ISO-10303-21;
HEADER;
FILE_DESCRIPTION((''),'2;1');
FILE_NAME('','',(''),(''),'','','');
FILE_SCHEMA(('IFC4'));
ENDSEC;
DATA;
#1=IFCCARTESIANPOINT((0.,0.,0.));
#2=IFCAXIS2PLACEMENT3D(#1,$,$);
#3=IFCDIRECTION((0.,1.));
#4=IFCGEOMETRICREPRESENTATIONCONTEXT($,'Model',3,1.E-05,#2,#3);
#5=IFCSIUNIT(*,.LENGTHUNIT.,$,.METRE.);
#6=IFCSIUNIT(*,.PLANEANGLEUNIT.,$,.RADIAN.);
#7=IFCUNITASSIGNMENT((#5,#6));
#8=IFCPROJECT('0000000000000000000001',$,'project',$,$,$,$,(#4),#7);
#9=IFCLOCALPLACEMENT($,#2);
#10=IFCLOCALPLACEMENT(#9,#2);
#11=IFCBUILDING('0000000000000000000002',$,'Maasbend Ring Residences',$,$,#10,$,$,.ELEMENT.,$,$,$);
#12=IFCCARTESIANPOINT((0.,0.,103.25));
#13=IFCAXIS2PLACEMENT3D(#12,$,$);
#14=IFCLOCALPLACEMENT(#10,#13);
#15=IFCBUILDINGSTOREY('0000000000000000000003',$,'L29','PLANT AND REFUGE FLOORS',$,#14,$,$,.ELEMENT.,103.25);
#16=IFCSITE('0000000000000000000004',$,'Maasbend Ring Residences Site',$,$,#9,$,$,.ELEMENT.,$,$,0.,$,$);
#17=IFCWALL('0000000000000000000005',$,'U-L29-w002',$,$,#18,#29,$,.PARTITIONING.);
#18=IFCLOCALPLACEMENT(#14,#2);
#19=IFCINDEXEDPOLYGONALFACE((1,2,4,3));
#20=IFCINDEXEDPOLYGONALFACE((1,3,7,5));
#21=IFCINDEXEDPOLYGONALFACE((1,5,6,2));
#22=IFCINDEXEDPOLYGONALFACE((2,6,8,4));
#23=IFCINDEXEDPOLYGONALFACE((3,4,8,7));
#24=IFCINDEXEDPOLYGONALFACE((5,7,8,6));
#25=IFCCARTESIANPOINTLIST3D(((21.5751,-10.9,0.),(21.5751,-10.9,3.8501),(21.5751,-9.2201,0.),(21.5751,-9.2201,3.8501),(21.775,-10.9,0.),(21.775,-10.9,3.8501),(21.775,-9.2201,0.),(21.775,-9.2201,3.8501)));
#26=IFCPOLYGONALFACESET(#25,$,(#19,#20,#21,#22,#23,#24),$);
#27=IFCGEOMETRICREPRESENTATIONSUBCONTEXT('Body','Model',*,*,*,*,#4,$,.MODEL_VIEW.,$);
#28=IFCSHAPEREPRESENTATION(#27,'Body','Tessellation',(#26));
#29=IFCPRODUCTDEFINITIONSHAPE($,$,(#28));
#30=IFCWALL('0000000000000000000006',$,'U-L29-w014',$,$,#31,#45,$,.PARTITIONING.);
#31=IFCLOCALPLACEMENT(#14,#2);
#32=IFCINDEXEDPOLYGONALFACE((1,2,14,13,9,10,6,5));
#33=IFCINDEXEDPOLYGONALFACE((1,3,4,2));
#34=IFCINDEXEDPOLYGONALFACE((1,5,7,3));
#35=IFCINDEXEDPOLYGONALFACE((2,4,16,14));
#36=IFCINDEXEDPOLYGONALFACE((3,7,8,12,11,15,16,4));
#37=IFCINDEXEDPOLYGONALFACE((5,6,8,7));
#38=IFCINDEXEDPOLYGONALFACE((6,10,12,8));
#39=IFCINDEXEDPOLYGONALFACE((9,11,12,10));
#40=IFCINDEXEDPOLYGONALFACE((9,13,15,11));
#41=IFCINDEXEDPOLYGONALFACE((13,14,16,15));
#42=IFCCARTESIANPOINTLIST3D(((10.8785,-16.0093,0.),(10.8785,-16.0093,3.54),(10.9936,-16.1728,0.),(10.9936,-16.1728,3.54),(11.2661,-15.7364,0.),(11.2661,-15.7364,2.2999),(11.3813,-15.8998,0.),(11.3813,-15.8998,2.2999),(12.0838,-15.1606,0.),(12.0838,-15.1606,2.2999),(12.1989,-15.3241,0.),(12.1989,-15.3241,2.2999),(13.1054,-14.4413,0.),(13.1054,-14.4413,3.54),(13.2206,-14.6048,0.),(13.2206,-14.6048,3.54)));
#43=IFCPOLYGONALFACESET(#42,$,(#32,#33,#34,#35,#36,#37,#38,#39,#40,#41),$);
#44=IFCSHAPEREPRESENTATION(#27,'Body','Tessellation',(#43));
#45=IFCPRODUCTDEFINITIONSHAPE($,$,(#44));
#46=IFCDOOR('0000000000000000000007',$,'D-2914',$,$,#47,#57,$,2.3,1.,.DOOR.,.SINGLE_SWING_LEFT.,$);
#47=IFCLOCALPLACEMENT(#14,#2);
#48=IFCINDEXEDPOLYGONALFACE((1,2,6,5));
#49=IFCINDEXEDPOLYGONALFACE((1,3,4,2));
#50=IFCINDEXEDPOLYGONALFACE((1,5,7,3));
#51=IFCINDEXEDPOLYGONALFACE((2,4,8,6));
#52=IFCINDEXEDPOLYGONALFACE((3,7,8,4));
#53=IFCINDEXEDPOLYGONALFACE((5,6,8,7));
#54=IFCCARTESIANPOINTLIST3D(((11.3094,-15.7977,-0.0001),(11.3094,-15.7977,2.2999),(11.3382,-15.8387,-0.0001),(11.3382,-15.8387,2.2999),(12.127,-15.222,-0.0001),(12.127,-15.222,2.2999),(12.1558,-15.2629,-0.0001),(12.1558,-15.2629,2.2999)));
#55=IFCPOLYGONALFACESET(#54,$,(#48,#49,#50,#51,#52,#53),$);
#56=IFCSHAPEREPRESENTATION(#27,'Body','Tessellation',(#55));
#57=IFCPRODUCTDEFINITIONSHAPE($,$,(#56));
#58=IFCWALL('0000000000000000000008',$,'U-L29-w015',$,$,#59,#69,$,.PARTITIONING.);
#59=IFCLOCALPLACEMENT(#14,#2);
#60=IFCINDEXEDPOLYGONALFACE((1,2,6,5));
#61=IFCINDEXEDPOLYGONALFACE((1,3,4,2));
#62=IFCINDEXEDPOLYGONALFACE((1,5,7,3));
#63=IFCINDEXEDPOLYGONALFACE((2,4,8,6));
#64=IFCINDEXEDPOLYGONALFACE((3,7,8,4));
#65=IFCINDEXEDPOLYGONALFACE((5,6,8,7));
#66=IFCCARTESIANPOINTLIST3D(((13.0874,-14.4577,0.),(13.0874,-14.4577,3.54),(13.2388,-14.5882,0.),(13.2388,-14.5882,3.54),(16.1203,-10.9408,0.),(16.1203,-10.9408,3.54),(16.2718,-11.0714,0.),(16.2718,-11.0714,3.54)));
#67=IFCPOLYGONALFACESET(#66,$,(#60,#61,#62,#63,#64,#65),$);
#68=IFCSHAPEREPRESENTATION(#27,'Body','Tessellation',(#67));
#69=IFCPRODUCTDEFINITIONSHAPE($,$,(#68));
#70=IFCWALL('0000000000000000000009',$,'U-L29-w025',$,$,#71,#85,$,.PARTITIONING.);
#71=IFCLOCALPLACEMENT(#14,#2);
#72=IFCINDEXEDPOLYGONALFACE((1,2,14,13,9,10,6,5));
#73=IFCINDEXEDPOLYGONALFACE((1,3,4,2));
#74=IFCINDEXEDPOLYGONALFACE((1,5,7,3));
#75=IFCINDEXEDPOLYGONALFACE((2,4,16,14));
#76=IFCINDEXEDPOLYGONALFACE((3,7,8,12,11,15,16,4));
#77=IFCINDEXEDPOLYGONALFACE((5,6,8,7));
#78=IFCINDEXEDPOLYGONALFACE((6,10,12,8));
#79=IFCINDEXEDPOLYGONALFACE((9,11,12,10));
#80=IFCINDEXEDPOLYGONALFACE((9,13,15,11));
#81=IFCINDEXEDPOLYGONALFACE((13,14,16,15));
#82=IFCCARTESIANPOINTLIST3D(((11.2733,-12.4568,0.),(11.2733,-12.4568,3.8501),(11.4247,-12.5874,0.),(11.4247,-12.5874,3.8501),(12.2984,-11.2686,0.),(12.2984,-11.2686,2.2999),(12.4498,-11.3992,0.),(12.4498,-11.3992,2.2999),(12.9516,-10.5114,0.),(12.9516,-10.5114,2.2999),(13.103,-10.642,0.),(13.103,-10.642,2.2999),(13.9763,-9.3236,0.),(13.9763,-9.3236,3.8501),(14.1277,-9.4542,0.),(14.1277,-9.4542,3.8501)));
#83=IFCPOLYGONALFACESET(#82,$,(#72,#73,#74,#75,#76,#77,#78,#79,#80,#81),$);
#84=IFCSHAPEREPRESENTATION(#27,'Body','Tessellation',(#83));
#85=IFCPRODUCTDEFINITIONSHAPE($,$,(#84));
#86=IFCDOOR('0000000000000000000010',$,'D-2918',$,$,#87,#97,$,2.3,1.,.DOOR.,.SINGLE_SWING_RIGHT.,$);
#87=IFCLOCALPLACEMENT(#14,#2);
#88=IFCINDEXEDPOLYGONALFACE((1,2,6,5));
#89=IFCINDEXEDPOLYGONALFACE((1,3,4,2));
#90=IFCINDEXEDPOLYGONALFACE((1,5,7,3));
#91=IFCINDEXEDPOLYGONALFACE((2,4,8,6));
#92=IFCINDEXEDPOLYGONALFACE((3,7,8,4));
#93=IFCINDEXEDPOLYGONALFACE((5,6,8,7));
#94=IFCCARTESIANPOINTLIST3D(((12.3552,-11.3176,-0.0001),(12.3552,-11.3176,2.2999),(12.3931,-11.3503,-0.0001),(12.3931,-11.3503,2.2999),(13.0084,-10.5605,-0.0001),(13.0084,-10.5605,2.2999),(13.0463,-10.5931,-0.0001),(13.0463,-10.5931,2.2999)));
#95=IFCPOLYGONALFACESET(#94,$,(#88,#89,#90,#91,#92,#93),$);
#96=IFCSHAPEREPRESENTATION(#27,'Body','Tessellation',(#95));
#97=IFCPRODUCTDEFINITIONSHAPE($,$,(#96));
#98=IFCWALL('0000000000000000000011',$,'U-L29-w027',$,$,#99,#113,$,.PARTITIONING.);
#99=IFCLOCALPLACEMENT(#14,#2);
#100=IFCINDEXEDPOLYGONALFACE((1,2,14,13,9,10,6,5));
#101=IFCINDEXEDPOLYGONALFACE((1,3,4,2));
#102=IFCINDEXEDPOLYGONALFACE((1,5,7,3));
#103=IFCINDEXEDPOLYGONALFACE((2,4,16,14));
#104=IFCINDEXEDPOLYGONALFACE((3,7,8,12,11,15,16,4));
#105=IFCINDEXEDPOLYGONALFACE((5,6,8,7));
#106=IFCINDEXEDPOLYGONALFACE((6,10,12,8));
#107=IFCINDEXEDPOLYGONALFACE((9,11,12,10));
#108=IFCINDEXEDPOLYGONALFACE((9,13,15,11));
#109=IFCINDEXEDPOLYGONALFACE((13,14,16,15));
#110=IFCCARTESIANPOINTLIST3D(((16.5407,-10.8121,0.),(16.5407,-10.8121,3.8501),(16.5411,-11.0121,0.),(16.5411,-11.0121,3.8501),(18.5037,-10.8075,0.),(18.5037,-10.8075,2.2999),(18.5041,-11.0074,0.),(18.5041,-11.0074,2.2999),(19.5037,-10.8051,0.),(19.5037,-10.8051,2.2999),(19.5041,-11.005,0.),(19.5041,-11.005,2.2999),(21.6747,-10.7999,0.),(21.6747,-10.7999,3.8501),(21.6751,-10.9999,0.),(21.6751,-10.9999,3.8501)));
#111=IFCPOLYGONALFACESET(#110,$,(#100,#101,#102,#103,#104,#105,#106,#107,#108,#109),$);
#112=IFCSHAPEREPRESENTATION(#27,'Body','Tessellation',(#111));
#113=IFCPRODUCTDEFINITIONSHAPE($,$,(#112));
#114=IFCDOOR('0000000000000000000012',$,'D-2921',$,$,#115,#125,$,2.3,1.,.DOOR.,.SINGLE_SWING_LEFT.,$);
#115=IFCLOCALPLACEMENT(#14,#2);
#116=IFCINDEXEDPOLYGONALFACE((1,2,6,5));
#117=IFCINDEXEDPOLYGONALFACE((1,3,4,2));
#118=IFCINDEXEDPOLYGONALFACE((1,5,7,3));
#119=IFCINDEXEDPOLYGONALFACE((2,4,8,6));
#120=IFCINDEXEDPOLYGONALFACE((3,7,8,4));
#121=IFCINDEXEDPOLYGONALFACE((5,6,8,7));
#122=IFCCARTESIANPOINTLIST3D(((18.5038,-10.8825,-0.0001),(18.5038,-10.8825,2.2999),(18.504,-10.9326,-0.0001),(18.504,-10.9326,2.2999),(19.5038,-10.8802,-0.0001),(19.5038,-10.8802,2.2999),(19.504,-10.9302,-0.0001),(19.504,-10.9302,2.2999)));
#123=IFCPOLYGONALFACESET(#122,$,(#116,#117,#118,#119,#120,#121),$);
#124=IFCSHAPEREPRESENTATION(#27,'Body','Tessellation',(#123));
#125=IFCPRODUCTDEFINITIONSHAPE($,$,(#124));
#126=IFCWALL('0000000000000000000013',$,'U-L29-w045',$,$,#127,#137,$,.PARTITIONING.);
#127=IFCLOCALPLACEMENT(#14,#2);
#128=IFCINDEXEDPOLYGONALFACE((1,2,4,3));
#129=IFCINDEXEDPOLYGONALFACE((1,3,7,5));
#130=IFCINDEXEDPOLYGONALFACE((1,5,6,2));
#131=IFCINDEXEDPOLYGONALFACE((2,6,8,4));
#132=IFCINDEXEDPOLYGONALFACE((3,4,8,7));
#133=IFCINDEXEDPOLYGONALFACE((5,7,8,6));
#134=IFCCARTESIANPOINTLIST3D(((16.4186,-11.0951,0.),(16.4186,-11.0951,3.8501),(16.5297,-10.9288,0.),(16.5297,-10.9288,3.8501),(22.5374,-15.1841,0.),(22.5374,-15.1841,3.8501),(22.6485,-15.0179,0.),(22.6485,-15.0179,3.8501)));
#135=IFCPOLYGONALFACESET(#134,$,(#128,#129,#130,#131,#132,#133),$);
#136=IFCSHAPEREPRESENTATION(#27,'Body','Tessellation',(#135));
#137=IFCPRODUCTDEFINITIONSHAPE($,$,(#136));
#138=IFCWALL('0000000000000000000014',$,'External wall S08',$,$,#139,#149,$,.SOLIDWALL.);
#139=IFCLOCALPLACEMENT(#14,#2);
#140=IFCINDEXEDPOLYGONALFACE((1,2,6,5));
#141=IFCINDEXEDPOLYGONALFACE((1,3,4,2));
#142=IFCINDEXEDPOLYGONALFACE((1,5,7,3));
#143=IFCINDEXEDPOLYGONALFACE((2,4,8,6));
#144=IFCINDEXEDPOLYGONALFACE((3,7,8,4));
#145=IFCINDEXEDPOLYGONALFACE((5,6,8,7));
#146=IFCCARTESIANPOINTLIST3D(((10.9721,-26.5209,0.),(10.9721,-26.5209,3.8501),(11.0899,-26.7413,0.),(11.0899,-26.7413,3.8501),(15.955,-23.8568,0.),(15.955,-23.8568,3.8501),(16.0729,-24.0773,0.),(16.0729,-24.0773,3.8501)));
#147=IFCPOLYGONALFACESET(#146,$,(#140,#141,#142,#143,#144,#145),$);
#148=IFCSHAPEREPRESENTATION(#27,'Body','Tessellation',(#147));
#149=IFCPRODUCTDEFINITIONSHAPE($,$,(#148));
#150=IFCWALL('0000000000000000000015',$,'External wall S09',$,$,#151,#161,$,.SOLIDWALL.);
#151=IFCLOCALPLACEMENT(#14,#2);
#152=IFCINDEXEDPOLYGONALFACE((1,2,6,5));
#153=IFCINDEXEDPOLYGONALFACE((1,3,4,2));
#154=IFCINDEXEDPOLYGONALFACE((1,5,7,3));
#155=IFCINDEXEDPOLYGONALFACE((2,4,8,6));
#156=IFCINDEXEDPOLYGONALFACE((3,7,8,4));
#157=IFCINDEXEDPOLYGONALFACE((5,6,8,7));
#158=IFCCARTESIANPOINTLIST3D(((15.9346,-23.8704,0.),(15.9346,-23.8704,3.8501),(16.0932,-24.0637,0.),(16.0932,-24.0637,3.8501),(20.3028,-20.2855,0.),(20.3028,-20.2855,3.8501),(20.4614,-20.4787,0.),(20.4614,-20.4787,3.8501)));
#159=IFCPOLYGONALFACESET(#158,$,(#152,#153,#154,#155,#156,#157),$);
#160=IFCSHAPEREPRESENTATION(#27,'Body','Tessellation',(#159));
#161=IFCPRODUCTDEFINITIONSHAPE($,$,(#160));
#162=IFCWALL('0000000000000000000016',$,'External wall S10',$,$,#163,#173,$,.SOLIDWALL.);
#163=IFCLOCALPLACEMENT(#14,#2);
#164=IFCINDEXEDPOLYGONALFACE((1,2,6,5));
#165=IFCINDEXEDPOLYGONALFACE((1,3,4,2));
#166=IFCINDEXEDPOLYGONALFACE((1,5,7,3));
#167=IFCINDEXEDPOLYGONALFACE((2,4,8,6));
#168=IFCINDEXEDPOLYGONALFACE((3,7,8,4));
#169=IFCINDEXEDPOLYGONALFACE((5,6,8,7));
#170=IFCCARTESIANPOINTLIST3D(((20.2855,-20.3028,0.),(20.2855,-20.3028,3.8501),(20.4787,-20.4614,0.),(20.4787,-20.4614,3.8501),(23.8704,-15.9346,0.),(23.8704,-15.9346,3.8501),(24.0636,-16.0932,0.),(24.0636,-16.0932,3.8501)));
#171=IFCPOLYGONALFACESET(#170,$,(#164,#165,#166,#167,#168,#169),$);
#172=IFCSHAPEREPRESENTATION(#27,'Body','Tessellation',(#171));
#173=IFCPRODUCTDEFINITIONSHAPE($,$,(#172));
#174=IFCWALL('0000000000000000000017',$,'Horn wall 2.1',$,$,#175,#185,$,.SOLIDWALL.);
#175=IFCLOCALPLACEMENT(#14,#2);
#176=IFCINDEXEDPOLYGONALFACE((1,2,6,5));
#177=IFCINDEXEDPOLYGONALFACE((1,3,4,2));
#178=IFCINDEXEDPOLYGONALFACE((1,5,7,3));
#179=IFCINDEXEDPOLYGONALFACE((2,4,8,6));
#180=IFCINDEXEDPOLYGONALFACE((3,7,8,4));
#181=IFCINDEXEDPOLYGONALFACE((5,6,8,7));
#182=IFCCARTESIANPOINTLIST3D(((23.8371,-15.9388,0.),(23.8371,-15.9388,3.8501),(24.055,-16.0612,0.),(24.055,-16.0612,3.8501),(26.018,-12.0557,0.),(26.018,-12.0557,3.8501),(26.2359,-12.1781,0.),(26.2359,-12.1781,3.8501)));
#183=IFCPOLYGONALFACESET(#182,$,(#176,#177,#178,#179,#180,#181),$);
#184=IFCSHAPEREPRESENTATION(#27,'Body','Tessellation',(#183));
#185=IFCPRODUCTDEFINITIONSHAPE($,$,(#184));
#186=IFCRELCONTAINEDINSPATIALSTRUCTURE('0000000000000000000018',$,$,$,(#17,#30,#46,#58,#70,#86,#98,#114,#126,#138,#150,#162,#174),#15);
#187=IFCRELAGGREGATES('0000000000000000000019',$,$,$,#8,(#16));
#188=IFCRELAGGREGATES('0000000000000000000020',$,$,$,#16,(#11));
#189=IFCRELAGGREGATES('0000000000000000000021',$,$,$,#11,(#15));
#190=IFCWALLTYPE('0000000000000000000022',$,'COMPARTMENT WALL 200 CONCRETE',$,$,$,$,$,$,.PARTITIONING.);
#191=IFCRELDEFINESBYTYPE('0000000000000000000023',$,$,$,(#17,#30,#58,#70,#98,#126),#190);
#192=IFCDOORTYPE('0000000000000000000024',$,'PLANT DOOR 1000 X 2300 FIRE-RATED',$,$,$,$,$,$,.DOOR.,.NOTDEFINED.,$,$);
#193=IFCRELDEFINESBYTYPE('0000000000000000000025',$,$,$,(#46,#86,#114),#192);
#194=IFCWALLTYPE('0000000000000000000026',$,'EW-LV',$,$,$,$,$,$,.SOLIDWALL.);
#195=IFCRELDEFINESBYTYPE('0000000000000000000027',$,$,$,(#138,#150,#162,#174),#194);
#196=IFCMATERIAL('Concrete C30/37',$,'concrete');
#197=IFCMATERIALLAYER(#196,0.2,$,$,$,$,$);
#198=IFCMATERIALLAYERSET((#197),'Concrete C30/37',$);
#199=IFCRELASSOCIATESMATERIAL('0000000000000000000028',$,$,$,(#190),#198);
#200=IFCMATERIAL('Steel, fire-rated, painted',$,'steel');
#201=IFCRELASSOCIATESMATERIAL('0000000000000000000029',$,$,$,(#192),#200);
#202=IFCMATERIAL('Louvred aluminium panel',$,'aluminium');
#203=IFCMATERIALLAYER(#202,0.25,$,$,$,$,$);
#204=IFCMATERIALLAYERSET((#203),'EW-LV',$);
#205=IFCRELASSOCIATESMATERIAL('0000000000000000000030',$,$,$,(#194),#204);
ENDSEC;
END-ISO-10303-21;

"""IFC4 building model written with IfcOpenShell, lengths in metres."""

from ifc_helpers import new_model, si_unit, direction, frame, frame_2d, origin, place, context, subcontext, project, spatial, rectangle, extrude, material, layer, layer_set, type_object, element, fill, save


model = new_model("IFC4")

# Units and contexts
model_context = context("Model", 3, precision=1e-05, world=origin(), true_north=direction((0.0, 1.0)))
body_context = subcontext(model_context, "Body", "Model", "MODEL_VIEW")
ifc_project = project(units=[si_unit("LENGTHUNIT", "METRE"), si_unit("PLANEANGLEUNIT", "RADIAN")], contexts=[model_context])

# Site, building, storey
site_placement = place(None, origin())
site = spatial("IfcSite", under=ifc_project, at=site_placement, Name="Maasbend Ring Residences Site", CompositionType="ELEMENT", RefElevation=0.0)
building_placement = place(site_placement, origin())
building = spatial("IfcBuilding", under=site, at=building_placement, Name="Maasbend Ring Residences", CompositionType="ELEMENT")
storey_placement = place(building_placement, frame((0.0, 0.0, 103.25)))
storey = spatial("IfcBuildingStorey", under=building, at=storey_placement, Name="L29", Description="PLANT AND REFUGE FLOORS", CompositionType="ELEMENT", Elevation=103.25)

# Wall
ifc_material_1 = material(Name="Concrete C30/37", Category="concrete")
ifc_layer_1 = layer(ifc_material_1, 0.2)
ifc_layer_set_1 = layer_set([ifc_layer_1], Name="Concrete C30/37")
wall_type_1 = type_object("IfcWallType", Name="COMPARTMENT WALL 200 CONCRETE", PredefinedType="PARTITIONING", material=ifc_layer_set_1)
wall_1_placement = place(storey_placement, frame((21.675, -10.8999, 0.0), z_axis=(0.0, 0.0, 1.0), x_axis=(0.0, 1.0, 0.0)))
element("IfcWall", 1, at=wall_1_placement, inside=storey, type_object=wall_type_1, Name="U-L29-w002", PredefinedType="PARTITIONING", context=body_context, shape_type="SweptSolid", body=[
    extrude(rectangle(XDim=1.6799, YDim=0.2, at=frame_2d((0.8398, 0.0))), origin(), (0.0, 0.0, 1.0), 3.8501),
])

# Wall, opening, door
wall_2_placement = place(storey_placement, frame((10.936, -16.0911, 0.0), z_axis=(0.0, 0.0, 1.0), x_axis=(0.817645, 0.575722, 0.0)))
wall_2 = element("IfcWall", 2, at=wall_2_placement, inside=storey, type_object=wall_type_1, Name="U-L29-w014", PredefinedType="PARTITIONING", context=body_context, shape_type="SweptSolid", body=[
    extrude(rectangle(XDim=2.7236, YDim=0.2, at=frame_2d((1.3618, 0.0))), origin(), (0.0, 0.0, 1.0), 3.54),
])
opening_1_placement = place(wall_2_placement, frame((0.4741, 0.0, 0.0)))
opening_1 = element("IfcOpeningElement", 3, at=opening_1_placement, cuts=wall_2, PredefinedType="OPENING", context=body_context, shape_type="SweptSolid", body=[
    extrude(rectangle(XDim=1.0, YDim=2.3, at=frame_2d((0.5, 1.1499))), frame((0.0, 0.1099, 0.0), z_axis=(0.0, -1.0, 0.0), x_axis=(1.0, 0.0, 0.0)), (0.0, 0.0, 1.0), 0.22),
])
ifc_material_2 = material(Name="Steel, fire-rated, painted", Category="steel")
door_type = type_object("IfcDoorType", Name="PLANT DOOR 1000 X 2300 FIRE-RATED", OperationType="NOTDEFINED", PredefinedType="DOOR", material=ifc_material_2)
door_1_placement = place(opening_1_placement, origin())
door_1 = element("IfcDoor", 4, at=door_1_placement, inside=storey, type_object=door_type, Name="D-2914", OperationType="SINGLE_SWING_LEFT", OverallHeight=2.3, OverallWidth=1.0, PredefinedType="DOOR", context=body_context, shape_type="SweptSolid", body=[
    extrude(rectangle(XDim=1.0, YDim=2.3, at=frame_2d((0.5, 1.1499))), frame((0.0, 0.0249, 0.0), z_axis=(0.0, -1.0, 0.0), x_axis=(1.0, 0.0, 0.0)), (0.0, 0.0, 1.0), 0.05),
])
fill(opening_1, door_1)

# Wall
wall_3_placement = place(storey_placement, frame((13.1631, -14.5229, 0.0), z_axis=(0.0, 0.0, 1.0), x_axis=(0.653087, 0.757283, 0.0)))
element("IfcWall", 5, at=wall_3_placement, inside=storey, type_object=wall_type_1, Name="U-L29-w015", PredefinedType="PARTITIONING", context=body_context, shape_type="SweptSolid", body=[
    extrude(rectangle(XDim=4.644, YDim=0.2, at=frame_2d((2.322, 0.0))), origin(), (0.0, 0.0, 1.0), 3.54),
])

# Walls, openings, doors
wall_4_placement = place(storey_placement, frame((11.3491, -12.522, 0.0), z_axis=(0.0, 0.0, 1.0), x_axis=(0.653213, 0.757174, 0.0)))
wall_4 = element("IfcWall", 6, at=wall_4_placement, inside=storey, type_object=wall_type_1, Name="U-L29-w025", PredefinedType="PARTITIONING", context=body_context, shape_type="SweptSolid", body=[
    extrude(rectangle(XDim=4.1379, YDim=0.2, at=frame_2d((2.0688, 0.0))), origin(), (0.0, 0.0, 1.0), 3.8501),
])
opening_2_placement = place(wall_4_placement, frame((1.5691, 0.0, 0.0)))
opening_2 = element("IfcOpeningElement", 7, at=opening_2_placement, cuts=wall_4, PredefinedType="OPENING", context=body_context, shape_type="SweptSolid", body=[
    extrude(rectangle(XDim=1.0, YDim=2.3, at=frame_2d((0.5, 1.1499))), frame((0.0, 0.1099, 0.0), z_axis=(0.0, -1.0, 0.0), x_axis=(1.0, 0.0, 0.0)), (0.0, 0.0, 1.0), 0.22),
])
door_2_placement = place(opening_2_placement, origin())
door_2 = element("IfcDoor", 8, at=door_2_placement, inside=storey, type_object=door_type, Name="D-2918", OperationType="SINGLE_SWING_RIGHT", OverallHeight=2.3, OverallWidth=1.0, PredefinedType="DOOR", context=body_context, shape_type="SweptSolid", body=[
    extrude(rectangle(XDim=1.0, YDim=2.3, at=frame_2d((0.5, 1.1499))), frame((0.0, 0.0249, 0.0), z_axis=(0.0, -1.0, 0.0), x_axis=(1.0, 0.0, 0.0)), (0.0, 0.0, 1.0), 0.05),
])
fill(opening_2, door_2)
wall_5_placement = place(storey_placement, frame((16.541, -10.9121, 0.0), z_axis=(0.0, 0.0, 1.0), x_axis=(0.999997, 0.002378, 0.0)))
wall_5 = element("IfcWall", 9, at=wall_5_placement, inside=storey, type_object=wall_type_1, Name="U-L29-w027", PredefinedType="PARTITIONING", context=body_context, shape_type="SweptSolid", body=[
    extrude(rectangle(XDim=5.134, YDim=0.2, at=frame_2d((2.5669, 0.0))), origin(), (0.0, 0.0, 1.0), 3.8501),
])
opening_3_placement = place(wall_5_placement, frame((1.9629, 0.0, 0.0)))
opening_3 = element("IfcOpeningElement", 10, at=opening_3_placement, cuts=wall_5, PredefinedType="OPENING", context=body_context, shape_type="SweptSolid", body=[
    extrude(rectangle(XDim=1.0, YDim=2.3, at=frame_2d((0.5, 1.1499))), frame((0.0, 0.1099, 0.0), z_axis=(0.0, -1.0, 0.0), x_axis=(1.0, 0.0, 0.0)), (0.0, 0.0, 1.0), 0.22),
])
door_3_placement = place(opening_3_placement, origin())
door_3 = element("IfcDoor", 11, at=door_3_placement, inside=storey, type_object=door_type, Name="D-2921", OperationType="SINGLE_SWING_LEFT", OverallHeight=2.3, OverallWidth=1.0, PredefinedType="DOOR", context=body_context, shape_type="SweptSolid", body=[
    extrude(rectangle(XDim=1.0, YDim=2.3, at=frame_2d((0.5, 1.1499))), frame((0.0, 0.0249, 0.0), z_axis=(0.0, -1.0, 0.0), x_axis=(1.0, 0.0, 0.0)), (0.0, 0.0, 1.0), 0.05),
])
fill(opening_3, door_3)

# Walls
wall_6_placement = place(storey_placement, frame((16.4741, -11.012, 0.0), z_axis=(0.0, 0.0, 1.0), x_axis=(0.831432, -0.555626, 0.0)))
element("IfcWall", 12, at=wall_6_placement, inside=storey, type_object=wall_type_1, Name="U-L29-w045", PredefinedType="PARTITIONING", context=body_context, shape_type="SweptSolid", body=[
    extrude(rectangle(XDim=7.3594, YDim=0.2, at=frame_2d((3.6797, 0.0))), origin(), (0.0, 0.0, 1.0), 3.8501),
])
ifc_material_3 = material(Name="Louvred aluminium panel", Category="aluminium")
ifc_layer_2 = layer(ifc_material_3, 0.25)
ifc_layer_set_2 = layer_set([ifc_layer_2], Name="EW-LV")
wall_type_2 = type_object("IfcWallType", Name="EW-LV", PredefinedType="SOLIDWALL", material=ifc_layer_set_2)
wall_7_placement = place(storey_placement, frame((11.031, -26.6311, 0.0), z_axis=(0.0, 0.0, 1.0), x_axis=(0.881874, 0.471485, 0.0)))
element("IfcWall", 13, at=wall_7_placement, inside=storey, type_object=wall_type_2, Name="External wall S08", PredefinedType="SOLIDWALL", context=body_context, shape_type="SweptSolid", body=[
    extrude(rectangle(XDim=5.6504, YDim=0.25, at=frame_2d((2.8252, 0.0))), origin(), (0.0, 0.0, 1.0), 3.8501),
])
for number, where, z_axis, x_axis, name in (
    (14, (16.0139, -23.967, 0.0), (0.0, 0.0, 1.0), (0.773002, 0.634404, 0.0), "External wall S09"),
    (15, (20.3821, -20.3821, 0.0), (0.0, 0.0, 1.0), (0.634404, 0.773002, 0.0), "External wall S10"),
):
    element("IfcWall", number, at=place(storey_placement, frame(where, z_axis=z_axis, x_axis=x_axis)), inside=storey, type_object=wall_type_2, Name=name, PredefinedType="SOLIDWALL", context=body_context, shape_type="SweptSolid", body=[
        extrude(rectangle(XDim=5.6509, YDim=0.25, at=frame_2d((2.8254, 0.0))), origin(), (0.0, 0.0, 1.0), 3.8501),
    ])
wall_8_placement = place(storey_placement, frame((23.946, -16.0, 0.0), z_axis=(0.0, 0.0, 1.0), x_axis=(0.489696, 0.871893, 0.0)))
element("IfcWall", 16, at=wall_8_placement, inside=storey, type_object=wall_type_2, Name="Horn wall 2.1", PredefinedType="SOLIDWALL", context=body_context, shape_type="SweptSolid", body=[
    extrude(rectangle(XDim=4.4536, YDim=0.25, at=frame_2d((2.2268, 0.0))), origin(), (0.0, 0.0, 1.0), 3.8501),
])

save(model, "model.ifc")
